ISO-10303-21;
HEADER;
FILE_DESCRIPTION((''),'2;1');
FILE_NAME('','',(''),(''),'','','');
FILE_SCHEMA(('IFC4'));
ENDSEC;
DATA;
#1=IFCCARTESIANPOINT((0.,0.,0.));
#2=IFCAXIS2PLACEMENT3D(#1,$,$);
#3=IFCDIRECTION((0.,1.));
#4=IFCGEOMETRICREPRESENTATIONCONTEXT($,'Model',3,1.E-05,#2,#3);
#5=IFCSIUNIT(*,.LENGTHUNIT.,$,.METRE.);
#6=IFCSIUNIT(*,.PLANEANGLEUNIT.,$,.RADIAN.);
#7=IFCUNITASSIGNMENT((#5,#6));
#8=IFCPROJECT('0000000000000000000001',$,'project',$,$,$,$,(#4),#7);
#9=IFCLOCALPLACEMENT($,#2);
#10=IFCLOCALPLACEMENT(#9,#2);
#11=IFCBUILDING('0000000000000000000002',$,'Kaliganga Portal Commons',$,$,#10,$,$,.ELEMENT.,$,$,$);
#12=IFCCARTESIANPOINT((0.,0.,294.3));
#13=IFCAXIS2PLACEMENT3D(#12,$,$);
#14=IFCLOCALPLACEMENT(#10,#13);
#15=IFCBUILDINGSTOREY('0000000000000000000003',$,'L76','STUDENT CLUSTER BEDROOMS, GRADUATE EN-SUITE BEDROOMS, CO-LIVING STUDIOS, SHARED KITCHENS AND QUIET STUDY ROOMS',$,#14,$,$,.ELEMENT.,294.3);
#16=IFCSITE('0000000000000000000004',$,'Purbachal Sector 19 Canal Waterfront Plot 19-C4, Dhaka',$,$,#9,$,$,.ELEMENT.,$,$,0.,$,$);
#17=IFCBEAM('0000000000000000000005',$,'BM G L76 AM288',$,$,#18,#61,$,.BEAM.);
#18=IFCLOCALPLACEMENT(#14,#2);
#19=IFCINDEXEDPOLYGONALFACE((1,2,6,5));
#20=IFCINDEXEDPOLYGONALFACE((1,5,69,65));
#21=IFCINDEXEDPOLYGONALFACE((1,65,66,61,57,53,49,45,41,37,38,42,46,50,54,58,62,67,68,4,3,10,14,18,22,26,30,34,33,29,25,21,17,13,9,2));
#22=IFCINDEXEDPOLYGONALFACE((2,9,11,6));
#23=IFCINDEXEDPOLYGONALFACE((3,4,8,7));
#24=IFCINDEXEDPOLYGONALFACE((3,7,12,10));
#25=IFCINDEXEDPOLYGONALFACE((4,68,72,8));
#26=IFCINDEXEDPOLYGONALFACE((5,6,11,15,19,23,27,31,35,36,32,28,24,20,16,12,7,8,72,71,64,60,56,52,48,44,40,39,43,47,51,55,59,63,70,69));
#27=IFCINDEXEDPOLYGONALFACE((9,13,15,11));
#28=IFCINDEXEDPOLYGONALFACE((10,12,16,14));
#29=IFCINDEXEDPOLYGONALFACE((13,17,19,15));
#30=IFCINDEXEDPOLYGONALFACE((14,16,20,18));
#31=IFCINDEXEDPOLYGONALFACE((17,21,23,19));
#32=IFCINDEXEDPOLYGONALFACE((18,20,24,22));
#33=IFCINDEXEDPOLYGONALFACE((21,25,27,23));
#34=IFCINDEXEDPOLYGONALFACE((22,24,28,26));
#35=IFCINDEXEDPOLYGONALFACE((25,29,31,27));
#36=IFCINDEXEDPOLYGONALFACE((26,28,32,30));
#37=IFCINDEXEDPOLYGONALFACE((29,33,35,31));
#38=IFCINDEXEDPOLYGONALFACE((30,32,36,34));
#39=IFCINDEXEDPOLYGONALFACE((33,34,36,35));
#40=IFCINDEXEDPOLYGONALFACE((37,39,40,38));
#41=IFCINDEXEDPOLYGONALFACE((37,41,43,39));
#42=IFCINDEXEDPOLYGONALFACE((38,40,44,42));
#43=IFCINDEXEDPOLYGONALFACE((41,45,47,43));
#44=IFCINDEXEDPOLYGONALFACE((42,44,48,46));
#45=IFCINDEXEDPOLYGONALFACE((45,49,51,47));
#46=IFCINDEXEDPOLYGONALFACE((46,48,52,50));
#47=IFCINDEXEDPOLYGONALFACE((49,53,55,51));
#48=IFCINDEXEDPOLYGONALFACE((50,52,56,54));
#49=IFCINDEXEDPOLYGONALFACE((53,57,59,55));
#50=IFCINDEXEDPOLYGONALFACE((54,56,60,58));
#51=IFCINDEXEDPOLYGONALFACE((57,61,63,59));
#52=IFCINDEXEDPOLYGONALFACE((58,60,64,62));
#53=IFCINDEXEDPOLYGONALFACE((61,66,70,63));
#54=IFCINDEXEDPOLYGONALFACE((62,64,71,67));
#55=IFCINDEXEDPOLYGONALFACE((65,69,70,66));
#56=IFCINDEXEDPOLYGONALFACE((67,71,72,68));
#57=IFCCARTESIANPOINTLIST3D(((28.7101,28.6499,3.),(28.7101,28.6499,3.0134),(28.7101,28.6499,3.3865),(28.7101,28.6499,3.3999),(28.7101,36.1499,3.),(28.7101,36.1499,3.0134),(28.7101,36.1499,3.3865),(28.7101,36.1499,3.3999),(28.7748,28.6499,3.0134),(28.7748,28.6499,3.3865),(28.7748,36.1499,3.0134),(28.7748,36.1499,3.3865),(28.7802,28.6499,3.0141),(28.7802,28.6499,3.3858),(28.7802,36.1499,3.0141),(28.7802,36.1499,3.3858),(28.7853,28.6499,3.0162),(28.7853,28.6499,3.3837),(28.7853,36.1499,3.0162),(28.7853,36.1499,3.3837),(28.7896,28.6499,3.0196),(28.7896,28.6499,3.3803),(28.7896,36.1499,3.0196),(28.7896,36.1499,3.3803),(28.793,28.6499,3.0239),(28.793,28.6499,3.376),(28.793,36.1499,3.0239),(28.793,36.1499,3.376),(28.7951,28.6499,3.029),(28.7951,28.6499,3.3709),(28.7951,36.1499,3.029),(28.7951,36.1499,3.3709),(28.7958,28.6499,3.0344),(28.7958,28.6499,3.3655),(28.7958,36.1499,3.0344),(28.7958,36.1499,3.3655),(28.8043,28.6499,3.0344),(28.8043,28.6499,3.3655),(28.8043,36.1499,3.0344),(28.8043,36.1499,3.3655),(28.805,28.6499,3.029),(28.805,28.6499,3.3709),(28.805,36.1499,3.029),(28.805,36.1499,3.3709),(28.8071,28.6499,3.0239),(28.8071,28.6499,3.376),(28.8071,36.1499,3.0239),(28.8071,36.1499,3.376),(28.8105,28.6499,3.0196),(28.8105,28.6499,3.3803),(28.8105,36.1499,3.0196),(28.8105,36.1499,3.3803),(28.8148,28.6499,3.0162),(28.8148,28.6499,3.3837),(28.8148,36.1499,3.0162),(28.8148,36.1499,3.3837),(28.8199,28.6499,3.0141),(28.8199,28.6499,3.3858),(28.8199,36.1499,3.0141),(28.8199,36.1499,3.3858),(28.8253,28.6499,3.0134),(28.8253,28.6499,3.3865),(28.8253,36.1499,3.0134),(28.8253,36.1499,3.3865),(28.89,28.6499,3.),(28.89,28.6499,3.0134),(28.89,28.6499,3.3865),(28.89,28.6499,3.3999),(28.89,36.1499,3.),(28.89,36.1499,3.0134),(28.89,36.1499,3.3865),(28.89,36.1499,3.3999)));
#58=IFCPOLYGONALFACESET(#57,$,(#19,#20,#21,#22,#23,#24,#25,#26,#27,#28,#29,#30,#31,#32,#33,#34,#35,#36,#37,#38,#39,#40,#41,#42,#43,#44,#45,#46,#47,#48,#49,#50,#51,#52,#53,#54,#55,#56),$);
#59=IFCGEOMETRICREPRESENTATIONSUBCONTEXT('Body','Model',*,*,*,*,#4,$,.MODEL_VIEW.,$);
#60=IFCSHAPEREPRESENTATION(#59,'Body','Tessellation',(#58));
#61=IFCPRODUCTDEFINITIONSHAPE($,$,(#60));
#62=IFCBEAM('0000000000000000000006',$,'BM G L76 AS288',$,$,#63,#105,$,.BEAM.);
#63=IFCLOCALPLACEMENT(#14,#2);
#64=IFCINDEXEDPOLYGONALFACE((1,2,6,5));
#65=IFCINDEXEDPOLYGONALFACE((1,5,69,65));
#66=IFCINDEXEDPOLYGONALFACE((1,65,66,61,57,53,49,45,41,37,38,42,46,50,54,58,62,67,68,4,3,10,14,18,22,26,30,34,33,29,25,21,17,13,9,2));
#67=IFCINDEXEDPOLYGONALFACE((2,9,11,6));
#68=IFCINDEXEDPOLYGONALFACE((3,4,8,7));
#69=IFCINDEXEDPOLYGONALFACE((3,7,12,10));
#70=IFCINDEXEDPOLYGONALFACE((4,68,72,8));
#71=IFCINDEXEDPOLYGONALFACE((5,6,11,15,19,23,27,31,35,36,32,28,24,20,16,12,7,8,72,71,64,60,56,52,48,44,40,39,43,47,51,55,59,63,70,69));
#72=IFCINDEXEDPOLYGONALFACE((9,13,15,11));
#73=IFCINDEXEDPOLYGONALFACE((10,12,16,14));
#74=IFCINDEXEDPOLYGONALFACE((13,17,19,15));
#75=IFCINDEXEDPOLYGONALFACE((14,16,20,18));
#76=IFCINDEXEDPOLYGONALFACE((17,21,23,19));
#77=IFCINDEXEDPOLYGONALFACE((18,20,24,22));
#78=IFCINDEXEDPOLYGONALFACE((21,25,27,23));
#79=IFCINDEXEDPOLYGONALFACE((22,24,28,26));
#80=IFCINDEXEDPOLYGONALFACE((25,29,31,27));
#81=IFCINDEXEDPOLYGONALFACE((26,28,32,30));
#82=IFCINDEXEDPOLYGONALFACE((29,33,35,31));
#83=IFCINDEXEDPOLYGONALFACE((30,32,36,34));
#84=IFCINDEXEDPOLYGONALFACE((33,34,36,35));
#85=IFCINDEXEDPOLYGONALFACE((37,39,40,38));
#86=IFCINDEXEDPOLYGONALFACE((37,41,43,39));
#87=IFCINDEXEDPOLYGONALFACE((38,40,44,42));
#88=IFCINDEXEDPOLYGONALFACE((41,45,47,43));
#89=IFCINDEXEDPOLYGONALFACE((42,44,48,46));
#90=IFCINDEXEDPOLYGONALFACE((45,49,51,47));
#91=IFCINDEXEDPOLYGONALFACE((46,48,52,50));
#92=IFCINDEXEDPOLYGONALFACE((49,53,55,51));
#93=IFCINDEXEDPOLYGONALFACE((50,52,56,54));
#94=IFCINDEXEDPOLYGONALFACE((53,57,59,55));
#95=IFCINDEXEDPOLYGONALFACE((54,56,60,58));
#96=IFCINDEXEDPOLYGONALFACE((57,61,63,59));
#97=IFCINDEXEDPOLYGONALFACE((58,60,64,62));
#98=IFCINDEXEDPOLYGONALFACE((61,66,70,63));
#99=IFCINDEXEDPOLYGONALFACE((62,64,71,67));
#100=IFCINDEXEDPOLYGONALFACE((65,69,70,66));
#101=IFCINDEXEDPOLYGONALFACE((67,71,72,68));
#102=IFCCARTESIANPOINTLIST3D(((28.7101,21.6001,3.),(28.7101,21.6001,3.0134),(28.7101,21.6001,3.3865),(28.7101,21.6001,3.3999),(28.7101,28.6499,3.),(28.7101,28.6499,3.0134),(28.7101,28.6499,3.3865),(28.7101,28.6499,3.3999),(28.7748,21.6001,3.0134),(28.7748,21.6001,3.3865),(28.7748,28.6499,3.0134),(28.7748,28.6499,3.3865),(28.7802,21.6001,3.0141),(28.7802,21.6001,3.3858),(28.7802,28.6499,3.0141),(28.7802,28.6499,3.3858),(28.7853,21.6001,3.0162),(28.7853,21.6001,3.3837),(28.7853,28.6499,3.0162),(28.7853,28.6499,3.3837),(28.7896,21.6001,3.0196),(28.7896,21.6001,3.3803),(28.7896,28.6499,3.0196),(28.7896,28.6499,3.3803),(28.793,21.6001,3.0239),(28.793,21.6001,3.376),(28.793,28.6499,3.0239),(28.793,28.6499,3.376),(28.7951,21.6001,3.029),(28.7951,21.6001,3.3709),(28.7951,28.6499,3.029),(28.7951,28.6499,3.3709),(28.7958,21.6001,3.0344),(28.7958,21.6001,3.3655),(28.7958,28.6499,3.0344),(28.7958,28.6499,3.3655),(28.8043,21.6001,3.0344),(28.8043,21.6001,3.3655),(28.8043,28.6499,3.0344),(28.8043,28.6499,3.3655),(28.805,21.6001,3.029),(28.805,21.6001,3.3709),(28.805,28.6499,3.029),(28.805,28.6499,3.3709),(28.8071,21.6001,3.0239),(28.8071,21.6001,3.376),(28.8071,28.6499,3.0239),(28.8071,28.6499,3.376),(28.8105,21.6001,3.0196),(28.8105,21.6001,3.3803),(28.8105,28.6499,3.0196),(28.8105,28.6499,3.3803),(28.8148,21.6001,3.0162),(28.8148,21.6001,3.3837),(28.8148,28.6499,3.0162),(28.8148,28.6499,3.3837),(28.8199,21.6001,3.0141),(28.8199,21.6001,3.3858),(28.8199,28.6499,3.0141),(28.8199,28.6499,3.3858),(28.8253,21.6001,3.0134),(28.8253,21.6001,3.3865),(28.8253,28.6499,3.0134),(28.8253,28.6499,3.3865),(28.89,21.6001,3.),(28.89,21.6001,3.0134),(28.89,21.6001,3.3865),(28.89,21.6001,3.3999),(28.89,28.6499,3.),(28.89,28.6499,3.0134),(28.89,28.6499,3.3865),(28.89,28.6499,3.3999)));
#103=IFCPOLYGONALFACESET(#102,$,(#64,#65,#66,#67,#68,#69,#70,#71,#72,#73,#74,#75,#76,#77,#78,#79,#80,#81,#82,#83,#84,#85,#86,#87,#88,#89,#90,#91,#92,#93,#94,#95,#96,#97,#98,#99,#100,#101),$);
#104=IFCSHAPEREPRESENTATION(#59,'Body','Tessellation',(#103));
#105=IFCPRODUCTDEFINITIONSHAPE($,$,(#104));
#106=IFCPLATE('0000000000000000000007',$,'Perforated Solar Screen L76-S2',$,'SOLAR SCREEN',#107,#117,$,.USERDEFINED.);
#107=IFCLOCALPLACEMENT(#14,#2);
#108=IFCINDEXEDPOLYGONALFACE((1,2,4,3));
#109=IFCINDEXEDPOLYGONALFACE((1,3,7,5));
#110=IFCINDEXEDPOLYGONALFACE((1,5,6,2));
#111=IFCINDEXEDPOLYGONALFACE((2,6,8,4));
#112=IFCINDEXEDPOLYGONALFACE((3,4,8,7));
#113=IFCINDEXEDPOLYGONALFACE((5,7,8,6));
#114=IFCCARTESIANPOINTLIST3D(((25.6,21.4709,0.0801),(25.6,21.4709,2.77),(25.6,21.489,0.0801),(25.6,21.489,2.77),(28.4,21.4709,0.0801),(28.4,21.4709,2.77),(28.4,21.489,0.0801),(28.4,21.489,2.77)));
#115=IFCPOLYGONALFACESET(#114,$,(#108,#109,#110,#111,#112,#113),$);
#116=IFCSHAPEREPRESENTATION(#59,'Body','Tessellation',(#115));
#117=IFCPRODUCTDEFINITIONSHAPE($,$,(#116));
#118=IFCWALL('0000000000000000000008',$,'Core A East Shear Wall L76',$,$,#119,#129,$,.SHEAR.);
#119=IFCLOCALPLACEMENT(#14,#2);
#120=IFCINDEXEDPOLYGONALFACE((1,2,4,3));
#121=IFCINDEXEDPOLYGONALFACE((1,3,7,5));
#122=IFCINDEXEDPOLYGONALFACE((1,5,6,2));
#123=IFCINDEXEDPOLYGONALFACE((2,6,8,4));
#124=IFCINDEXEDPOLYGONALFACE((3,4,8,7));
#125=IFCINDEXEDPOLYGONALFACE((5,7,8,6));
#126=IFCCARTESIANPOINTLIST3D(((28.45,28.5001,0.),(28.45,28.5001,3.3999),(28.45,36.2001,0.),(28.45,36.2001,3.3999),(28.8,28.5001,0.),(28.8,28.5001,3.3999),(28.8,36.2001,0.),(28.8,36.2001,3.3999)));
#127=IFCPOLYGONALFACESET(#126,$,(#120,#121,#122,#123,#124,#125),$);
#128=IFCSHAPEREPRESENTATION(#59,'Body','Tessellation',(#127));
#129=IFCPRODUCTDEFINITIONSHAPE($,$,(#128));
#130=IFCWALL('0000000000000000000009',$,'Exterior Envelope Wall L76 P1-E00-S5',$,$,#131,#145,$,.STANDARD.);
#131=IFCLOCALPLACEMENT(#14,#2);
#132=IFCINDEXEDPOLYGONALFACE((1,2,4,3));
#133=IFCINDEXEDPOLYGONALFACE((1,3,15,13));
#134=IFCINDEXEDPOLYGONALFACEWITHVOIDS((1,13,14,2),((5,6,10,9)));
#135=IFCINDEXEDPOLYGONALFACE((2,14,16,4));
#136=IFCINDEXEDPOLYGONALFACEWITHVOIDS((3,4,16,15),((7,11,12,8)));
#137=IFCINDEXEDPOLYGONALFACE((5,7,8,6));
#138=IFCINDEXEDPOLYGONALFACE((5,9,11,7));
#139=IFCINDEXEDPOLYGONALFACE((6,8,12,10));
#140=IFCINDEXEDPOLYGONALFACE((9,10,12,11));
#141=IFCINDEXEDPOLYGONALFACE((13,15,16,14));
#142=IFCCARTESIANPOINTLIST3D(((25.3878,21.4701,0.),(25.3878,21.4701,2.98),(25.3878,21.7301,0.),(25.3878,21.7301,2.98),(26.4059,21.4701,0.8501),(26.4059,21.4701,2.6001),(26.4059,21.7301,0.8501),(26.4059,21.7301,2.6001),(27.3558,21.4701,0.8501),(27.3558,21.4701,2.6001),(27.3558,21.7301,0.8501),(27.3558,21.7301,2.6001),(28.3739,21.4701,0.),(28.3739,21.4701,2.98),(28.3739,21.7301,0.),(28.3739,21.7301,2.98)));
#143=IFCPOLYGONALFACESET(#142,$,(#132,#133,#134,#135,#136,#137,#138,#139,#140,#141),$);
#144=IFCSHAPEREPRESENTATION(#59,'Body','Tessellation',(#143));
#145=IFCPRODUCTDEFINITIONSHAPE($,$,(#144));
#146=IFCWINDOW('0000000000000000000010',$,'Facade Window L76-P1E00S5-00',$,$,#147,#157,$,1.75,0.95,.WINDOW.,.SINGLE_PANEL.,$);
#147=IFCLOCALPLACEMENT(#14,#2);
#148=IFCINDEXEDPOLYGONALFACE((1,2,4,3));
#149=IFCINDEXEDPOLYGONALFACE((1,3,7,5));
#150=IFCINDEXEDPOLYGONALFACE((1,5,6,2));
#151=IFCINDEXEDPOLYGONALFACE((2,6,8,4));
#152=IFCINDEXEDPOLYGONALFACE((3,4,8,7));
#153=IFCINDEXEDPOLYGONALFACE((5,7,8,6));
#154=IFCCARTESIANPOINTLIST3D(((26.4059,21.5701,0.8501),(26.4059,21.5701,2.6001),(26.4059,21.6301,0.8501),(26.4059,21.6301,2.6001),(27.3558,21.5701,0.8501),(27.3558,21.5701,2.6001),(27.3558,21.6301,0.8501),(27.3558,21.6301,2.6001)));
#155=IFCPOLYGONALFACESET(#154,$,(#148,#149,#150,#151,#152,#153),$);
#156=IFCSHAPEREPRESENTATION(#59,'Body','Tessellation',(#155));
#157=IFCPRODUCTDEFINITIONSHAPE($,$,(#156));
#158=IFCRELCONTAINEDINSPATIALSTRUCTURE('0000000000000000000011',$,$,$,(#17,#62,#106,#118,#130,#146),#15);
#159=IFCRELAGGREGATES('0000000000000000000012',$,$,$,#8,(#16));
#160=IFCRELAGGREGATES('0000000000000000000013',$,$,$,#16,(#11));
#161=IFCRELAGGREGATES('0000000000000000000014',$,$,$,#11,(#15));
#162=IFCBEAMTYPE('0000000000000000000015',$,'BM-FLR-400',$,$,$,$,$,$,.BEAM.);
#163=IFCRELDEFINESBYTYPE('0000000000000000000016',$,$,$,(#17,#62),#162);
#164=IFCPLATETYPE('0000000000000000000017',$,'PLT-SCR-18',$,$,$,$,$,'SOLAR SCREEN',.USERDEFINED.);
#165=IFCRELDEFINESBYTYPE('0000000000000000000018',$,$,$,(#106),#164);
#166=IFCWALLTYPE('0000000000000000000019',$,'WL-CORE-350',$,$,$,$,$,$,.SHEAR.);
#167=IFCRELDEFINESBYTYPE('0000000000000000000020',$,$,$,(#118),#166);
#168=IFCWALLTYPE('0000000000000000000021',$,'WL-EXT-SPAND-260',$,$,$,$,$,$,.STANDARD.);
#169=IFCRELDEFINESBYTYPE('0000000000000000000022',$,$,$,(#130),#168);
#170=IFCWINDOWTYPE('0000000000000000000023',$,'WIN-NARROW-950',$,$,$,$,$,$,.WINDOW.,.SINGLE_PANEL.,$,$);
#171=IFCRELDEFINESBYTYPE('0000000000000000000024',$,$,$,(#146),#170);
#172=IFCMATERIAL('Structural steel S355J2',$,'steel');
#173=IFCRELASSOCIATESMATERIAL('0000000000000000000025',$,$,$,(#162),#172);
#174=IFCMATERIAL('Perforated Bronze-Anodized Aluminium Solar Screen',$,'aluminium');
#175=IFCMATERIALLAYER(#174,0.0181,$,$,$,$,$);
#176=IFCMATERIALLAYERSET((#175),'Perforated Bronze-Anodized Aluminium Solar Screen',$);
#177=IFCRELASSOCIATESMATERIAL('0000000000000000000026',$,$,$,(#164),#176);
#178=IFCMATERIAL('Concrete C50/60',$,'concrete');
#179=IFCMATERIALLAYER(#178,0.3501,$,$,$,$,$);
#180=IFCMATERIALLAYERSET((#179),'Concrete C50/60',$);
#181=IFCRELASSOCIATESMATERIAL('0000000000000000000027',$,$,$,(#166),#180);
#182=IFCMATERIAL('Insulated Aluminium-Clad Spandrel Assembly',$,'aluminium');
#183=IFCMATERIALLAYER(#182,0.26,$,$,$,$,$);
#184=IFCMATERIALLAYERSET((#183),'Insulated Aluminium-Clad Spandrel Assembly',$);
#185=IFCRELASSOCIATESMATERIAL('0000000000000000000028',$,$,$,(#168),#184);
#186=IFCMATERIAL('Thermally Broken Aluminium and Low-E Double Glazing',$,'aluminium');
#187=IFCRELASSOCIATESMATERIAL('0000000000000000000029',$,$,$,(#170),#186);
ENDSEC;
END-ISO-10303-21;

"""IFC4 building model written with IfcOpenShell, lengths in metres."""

from ifc_helpers import new_model, si_unit, direction, frame, frame_2d, origin, origin_2d, place, context, subcontext, project, spatial, rectangle, i_section, extrude, source, transform, mapped, material, layer, layer_set, material_profile, profile_set, type_object, element, fill, save


model = new_model("IFC4")

# Units and contexts
model_context = context("Model", 3, precision=1e-05, world=origin(), true_north=direction((0.0, 1.0)))
body_context = subcontext(model_context, "Body", "Model", "MODEL_VIEW")
ifc_project = project(units=[si_unit("LENGTHUNIT", "METRE"), si_unit("PLANEANGLEUNIT", "RADIAN")], contexts=[model_context])

# Site, building, storey
site_placement = place(None, origin())
site = spatial("IfcSite", under=ifc_project, at=site_placement, Name="Purbachal Sector 19 Canal Waterfront Plot 19-C4, Dhaka", CompositionType="ELEMENT", RefElevation=0.0)
building_placement = place(site_placement, origin())
building = spatial("IfcBuilding", under=site, at=building_placement, Name="Kaliganga Portal Commons", CompositionType="ELEMENT")
storey_placement = place(building_placement, frame((0.0, 0.0, 294.3)))
storey = spatial("IfcBuildingStorey", under=building, at=storey_placement, Name="L76", Description="STUDENT CLUSTER BEDROOMS, GRADUATE EN-SUITE BEDROOMS, CO-LIVING STUDIOS, SHARED KITCHENS AND QUIET STUDY ROOMS", CompositionType="ELEMENT", Elevation=294.3)

# Shared definitions
ifc_material_1 = material(Name="Concrete C50/60", Category="concrete")
ifc_material_2 = material(Name="Structural steel S355J2", Category="steel")

# Beams
ifc_material_profile_1 = material_profile(ifc_material_2, i_section(OverallWidth=0.1799, OverallDepth=0.3999, WebThickness=0.0085, FlangeThickness=0.0134, FilletRadius=0.021, at=origin_2d()), Name="IPE 400")
ifc_profile_set_1 = profile_set([ifc_material_profile_1], Name="Structural steel S355J2 wide-flange")
beam_type_1 = type_object("IfcBeamType", Name="BM-FLR-400", PredefinedType="BEAM", material=ifc_profile_set_1)
shared_shape_1 = source(origin(), body_context, "Body", "SweptSolid", [
    extrude(i_section(OverallWidth=0.1799, OverallDepth=0.3999, WebThickness=0.0085, FlangeThickness=0.0134, FilletRadius=0.021, at=origin_2d()), origin(), (0.0, 0.0, 1.0), 7.5),
])
beam_1_placement = place(storey_placement, frame((28.8, 28.6499, 3.2), z_axis=(0.0, 1.0, 0.0), x_axis=(-1.0, 0.0, 0.0)))
element("IfcBeam", 1, at=beam_1_placement, inside=storey, type_object=beam_type_1, Name="BM G L76 AM288", PredefinedType="BEAM", context=body_context, shape_type="MappedRepresentation", body=[
    mapped(shared_shape_1, transform((0.0, 0.0, 0.0), x_axis=(1.0, 0.0, 0.0), y_axis=(0.0, 1.0, 0.0), z_axis=(0.0, 0.0, 1.0), scale=1.0)),
])
shared_shape_2 = source(origin(), body_context, "Body", "SweptSolid", [
    extrude(i_section(OverallWidth=0.1799, OverallDepth=0.3999, WebThickness=0.0085, FlangeThickness=0.0134, FilletRadius=0.021, at=origin_2d()), origin(), (0.0, 0.0, 1.0), 7.0498),
])
beam_2_placement = place(storey_placement, frame((28.8, 21.6001, 3.2), z_axis=(0.0, 1.0, 0.0), x_axis=(-1.0, 0.0, 0.0)))
element("IfcBeam", 2, at=beam_2_placement, inside=storey, type_object=beam_type_1, Name="BM G L76 AS288", PredefinedType="BEAM", context=body_context, shape_type="MappedRepresentation", body=[
    mapped(shared_shape_2, transform((0.0, 0.0, 0.0), x_axis=(1.0, 0.0, 0.0), y_axis=(0.0, 1.0, 0.0), z_axis=(0.0, 0.0, 1.0), scale=1.0)),
])

# Plate
ifc_material_3 = material(Name="Perforated Bronze-Anodized Aluminium Solar Screen", Category="aluminium")
ifc_layer_1 = layer(ifc_material_3, 0.0181)
ifc_layer_set_1 = layer_set([ifc_layer_1], Name="Perforated Bronze-Anodized Aluminium Solar Screen")
plate_type = type_object("IfcPlateType", Name="PLT-SCR-18", ElementType="SOLAR SCREEN", PredefinedType="USERDEFINED", material=ifc_layer_set_1)
shared_shape_3 = source(origin(), body_context, "Body", "SweptSolid", [
    extrude(rectangle(XDim=2.8, YDim=0.0181, at=origin_2d()), origin(), (0.0, 0.0, 1.0), 2.6899),
])
plate_placement = place(storey_placement, frame((27.0, 21.48, 0.0801), z_axis=(0.0, 0.0, 1.0), x_axis=(1.0, 0.0, 0.0)))
element("IfcPlate", 3, at=plate_placement, inside=storey, type_object=plate_type, Name="Perforated Solar Screen L76-S2", ObjectType="SOLAR SCREEN", PredefinedType="USERDEFINED", context=body_context, shape_type="MappedRepresentation", body=[
    mapped(shared_shape_3, transform((0.0, 0.0, 0.0), x_axis=(1.0, 0.0, 0.0), y_axis=(0.0, 1.0, 0.0), z_axis=(0.0, 0.0, 1.0), scale=1.0)),
])

# Wall
ifc_layer_2 = layer(ifc_material_1, 0.3501)
ifc_layer_set_2 = layer_set([ifc_layer_2], Name="Concrete C50/60")
wall_type_1 = type_object("IfcWallType", Name="WL-CORE-350", PredefinedType="SHEAR", material=ifc_layer_set_2)
wall_1_placement = place(storey_placement, frame((28.625, 28.5, 0.0), z_axis=(0.0, 0.0, 1.0), x_axis=(0.0, 1.0, 0.0)))
element("IfcWall", 4, at=wall_1_placement, inside=storey, type_object=wall_type_1, Name="Core A East Shear Wall L76", PredefinedType="SHEAR", context=body_context, shape_type="SweptSolid", body=[
    extrude(rectangle(XDim=7.7, YDim=0.3501, at=frame_2d((3.8501, 0.0))), origin(), (0.0, 0.0, 1.0), 3.3999),
])

# Wall, opening, window
ifc_material_4 = material(Name="Insulated Aluminium-Clad Spandrel Assembly", Category="aluminium")
ifc_layer_3 = layer(ifc_material_4, 0.26)
ifc_layer_set_3 = layer_set([ifc_layer_3], Name="Insulated Aluminium-Clad Spandrel Assembly")
wall_type_2 = type_object("IfcWallType", Name="WL-EXT-SPAND-260", PredefinedType="STANDARD", material=ifc_layer_set_3)
wall_2_placement = place(storey_placement, frame((28.374, 21.6001, 0.0), z_axis=(0.0, 0.0, 1.0), x_axis=(-1.0, 0.0, 0.0)))
wall_2 = element("IfcWall", 5, at=wall_2_placement, inside=storey, type_object=wall_type_2, Name="Exterior Envelope Wall L76 P1-E00-S5", PredefinedType="STANDARD", context=body_context, shape_type="SweptSolid", body=[
    extrude(rectangle(XDim=2.9861, YDim=0.26, at=frame_2d((1.4932, 0.0))), origin(), (0.0, 0.0, 1.0), 2.98),
])
opening_1_placement = place(wall_2_placement, frame((1.0181, 0.0, 0.8501)))
opening_1 = element("IfcOpeningElement", 6, at=opening_1_placement, cuts=wall_2, PredefinedType="OPENING", context=body_context, shape_type="SweptSolid", body=[
    extrude(rectangle(XDim=0.95, YDim=1.75, at=frame_2d((0.4751, 0.875))), frame((0.0, 0.1401, 0.0), z_axis=(0.0, -1.0, 0.0), x_axis=(1.0, 0.0, 0.0)), (0.0, 0.0, 1.0), 0.28),
])
ifc_material_5 = material(Name="Thermally Broken Aluminium and Low-E Double Glazing", Category="aluminium")
window_type = type_object("IfcWindowType", Name="WIN-NARROW-950", PartitioningType="SINGLE_PANEL", PredefinedType="WINDOW", material=ifc_material_5)
window_1_placement = place(opening_1_placement, origin())
window_1 = element("IfcWindow", 7, at=window_1_placement, inside=storey, type_object=window_type, Name="Facade Window L76-P1E00S5-00", OverallHeight=1.75, OverallWidth=0.95, PartitioningType="SINGLE_PANEL", PredefinedType="WINDOW", context=body_context, shape_type="SweptSolid", body=[
    extrude(rectangle(XDim=0.95, YDim=1.75, at=frame_2d((0.4751, 0.875))), frame((0.0, 0.03, 0.0), z_axis=(0.0, -1.0, 0.0), x_axis=(1.0, 0.0, 0.0)), (0.0, 0.0, 1.0), 0.0601),
])
fill(opening_1, window_1)

save(model, "model.ifc")
